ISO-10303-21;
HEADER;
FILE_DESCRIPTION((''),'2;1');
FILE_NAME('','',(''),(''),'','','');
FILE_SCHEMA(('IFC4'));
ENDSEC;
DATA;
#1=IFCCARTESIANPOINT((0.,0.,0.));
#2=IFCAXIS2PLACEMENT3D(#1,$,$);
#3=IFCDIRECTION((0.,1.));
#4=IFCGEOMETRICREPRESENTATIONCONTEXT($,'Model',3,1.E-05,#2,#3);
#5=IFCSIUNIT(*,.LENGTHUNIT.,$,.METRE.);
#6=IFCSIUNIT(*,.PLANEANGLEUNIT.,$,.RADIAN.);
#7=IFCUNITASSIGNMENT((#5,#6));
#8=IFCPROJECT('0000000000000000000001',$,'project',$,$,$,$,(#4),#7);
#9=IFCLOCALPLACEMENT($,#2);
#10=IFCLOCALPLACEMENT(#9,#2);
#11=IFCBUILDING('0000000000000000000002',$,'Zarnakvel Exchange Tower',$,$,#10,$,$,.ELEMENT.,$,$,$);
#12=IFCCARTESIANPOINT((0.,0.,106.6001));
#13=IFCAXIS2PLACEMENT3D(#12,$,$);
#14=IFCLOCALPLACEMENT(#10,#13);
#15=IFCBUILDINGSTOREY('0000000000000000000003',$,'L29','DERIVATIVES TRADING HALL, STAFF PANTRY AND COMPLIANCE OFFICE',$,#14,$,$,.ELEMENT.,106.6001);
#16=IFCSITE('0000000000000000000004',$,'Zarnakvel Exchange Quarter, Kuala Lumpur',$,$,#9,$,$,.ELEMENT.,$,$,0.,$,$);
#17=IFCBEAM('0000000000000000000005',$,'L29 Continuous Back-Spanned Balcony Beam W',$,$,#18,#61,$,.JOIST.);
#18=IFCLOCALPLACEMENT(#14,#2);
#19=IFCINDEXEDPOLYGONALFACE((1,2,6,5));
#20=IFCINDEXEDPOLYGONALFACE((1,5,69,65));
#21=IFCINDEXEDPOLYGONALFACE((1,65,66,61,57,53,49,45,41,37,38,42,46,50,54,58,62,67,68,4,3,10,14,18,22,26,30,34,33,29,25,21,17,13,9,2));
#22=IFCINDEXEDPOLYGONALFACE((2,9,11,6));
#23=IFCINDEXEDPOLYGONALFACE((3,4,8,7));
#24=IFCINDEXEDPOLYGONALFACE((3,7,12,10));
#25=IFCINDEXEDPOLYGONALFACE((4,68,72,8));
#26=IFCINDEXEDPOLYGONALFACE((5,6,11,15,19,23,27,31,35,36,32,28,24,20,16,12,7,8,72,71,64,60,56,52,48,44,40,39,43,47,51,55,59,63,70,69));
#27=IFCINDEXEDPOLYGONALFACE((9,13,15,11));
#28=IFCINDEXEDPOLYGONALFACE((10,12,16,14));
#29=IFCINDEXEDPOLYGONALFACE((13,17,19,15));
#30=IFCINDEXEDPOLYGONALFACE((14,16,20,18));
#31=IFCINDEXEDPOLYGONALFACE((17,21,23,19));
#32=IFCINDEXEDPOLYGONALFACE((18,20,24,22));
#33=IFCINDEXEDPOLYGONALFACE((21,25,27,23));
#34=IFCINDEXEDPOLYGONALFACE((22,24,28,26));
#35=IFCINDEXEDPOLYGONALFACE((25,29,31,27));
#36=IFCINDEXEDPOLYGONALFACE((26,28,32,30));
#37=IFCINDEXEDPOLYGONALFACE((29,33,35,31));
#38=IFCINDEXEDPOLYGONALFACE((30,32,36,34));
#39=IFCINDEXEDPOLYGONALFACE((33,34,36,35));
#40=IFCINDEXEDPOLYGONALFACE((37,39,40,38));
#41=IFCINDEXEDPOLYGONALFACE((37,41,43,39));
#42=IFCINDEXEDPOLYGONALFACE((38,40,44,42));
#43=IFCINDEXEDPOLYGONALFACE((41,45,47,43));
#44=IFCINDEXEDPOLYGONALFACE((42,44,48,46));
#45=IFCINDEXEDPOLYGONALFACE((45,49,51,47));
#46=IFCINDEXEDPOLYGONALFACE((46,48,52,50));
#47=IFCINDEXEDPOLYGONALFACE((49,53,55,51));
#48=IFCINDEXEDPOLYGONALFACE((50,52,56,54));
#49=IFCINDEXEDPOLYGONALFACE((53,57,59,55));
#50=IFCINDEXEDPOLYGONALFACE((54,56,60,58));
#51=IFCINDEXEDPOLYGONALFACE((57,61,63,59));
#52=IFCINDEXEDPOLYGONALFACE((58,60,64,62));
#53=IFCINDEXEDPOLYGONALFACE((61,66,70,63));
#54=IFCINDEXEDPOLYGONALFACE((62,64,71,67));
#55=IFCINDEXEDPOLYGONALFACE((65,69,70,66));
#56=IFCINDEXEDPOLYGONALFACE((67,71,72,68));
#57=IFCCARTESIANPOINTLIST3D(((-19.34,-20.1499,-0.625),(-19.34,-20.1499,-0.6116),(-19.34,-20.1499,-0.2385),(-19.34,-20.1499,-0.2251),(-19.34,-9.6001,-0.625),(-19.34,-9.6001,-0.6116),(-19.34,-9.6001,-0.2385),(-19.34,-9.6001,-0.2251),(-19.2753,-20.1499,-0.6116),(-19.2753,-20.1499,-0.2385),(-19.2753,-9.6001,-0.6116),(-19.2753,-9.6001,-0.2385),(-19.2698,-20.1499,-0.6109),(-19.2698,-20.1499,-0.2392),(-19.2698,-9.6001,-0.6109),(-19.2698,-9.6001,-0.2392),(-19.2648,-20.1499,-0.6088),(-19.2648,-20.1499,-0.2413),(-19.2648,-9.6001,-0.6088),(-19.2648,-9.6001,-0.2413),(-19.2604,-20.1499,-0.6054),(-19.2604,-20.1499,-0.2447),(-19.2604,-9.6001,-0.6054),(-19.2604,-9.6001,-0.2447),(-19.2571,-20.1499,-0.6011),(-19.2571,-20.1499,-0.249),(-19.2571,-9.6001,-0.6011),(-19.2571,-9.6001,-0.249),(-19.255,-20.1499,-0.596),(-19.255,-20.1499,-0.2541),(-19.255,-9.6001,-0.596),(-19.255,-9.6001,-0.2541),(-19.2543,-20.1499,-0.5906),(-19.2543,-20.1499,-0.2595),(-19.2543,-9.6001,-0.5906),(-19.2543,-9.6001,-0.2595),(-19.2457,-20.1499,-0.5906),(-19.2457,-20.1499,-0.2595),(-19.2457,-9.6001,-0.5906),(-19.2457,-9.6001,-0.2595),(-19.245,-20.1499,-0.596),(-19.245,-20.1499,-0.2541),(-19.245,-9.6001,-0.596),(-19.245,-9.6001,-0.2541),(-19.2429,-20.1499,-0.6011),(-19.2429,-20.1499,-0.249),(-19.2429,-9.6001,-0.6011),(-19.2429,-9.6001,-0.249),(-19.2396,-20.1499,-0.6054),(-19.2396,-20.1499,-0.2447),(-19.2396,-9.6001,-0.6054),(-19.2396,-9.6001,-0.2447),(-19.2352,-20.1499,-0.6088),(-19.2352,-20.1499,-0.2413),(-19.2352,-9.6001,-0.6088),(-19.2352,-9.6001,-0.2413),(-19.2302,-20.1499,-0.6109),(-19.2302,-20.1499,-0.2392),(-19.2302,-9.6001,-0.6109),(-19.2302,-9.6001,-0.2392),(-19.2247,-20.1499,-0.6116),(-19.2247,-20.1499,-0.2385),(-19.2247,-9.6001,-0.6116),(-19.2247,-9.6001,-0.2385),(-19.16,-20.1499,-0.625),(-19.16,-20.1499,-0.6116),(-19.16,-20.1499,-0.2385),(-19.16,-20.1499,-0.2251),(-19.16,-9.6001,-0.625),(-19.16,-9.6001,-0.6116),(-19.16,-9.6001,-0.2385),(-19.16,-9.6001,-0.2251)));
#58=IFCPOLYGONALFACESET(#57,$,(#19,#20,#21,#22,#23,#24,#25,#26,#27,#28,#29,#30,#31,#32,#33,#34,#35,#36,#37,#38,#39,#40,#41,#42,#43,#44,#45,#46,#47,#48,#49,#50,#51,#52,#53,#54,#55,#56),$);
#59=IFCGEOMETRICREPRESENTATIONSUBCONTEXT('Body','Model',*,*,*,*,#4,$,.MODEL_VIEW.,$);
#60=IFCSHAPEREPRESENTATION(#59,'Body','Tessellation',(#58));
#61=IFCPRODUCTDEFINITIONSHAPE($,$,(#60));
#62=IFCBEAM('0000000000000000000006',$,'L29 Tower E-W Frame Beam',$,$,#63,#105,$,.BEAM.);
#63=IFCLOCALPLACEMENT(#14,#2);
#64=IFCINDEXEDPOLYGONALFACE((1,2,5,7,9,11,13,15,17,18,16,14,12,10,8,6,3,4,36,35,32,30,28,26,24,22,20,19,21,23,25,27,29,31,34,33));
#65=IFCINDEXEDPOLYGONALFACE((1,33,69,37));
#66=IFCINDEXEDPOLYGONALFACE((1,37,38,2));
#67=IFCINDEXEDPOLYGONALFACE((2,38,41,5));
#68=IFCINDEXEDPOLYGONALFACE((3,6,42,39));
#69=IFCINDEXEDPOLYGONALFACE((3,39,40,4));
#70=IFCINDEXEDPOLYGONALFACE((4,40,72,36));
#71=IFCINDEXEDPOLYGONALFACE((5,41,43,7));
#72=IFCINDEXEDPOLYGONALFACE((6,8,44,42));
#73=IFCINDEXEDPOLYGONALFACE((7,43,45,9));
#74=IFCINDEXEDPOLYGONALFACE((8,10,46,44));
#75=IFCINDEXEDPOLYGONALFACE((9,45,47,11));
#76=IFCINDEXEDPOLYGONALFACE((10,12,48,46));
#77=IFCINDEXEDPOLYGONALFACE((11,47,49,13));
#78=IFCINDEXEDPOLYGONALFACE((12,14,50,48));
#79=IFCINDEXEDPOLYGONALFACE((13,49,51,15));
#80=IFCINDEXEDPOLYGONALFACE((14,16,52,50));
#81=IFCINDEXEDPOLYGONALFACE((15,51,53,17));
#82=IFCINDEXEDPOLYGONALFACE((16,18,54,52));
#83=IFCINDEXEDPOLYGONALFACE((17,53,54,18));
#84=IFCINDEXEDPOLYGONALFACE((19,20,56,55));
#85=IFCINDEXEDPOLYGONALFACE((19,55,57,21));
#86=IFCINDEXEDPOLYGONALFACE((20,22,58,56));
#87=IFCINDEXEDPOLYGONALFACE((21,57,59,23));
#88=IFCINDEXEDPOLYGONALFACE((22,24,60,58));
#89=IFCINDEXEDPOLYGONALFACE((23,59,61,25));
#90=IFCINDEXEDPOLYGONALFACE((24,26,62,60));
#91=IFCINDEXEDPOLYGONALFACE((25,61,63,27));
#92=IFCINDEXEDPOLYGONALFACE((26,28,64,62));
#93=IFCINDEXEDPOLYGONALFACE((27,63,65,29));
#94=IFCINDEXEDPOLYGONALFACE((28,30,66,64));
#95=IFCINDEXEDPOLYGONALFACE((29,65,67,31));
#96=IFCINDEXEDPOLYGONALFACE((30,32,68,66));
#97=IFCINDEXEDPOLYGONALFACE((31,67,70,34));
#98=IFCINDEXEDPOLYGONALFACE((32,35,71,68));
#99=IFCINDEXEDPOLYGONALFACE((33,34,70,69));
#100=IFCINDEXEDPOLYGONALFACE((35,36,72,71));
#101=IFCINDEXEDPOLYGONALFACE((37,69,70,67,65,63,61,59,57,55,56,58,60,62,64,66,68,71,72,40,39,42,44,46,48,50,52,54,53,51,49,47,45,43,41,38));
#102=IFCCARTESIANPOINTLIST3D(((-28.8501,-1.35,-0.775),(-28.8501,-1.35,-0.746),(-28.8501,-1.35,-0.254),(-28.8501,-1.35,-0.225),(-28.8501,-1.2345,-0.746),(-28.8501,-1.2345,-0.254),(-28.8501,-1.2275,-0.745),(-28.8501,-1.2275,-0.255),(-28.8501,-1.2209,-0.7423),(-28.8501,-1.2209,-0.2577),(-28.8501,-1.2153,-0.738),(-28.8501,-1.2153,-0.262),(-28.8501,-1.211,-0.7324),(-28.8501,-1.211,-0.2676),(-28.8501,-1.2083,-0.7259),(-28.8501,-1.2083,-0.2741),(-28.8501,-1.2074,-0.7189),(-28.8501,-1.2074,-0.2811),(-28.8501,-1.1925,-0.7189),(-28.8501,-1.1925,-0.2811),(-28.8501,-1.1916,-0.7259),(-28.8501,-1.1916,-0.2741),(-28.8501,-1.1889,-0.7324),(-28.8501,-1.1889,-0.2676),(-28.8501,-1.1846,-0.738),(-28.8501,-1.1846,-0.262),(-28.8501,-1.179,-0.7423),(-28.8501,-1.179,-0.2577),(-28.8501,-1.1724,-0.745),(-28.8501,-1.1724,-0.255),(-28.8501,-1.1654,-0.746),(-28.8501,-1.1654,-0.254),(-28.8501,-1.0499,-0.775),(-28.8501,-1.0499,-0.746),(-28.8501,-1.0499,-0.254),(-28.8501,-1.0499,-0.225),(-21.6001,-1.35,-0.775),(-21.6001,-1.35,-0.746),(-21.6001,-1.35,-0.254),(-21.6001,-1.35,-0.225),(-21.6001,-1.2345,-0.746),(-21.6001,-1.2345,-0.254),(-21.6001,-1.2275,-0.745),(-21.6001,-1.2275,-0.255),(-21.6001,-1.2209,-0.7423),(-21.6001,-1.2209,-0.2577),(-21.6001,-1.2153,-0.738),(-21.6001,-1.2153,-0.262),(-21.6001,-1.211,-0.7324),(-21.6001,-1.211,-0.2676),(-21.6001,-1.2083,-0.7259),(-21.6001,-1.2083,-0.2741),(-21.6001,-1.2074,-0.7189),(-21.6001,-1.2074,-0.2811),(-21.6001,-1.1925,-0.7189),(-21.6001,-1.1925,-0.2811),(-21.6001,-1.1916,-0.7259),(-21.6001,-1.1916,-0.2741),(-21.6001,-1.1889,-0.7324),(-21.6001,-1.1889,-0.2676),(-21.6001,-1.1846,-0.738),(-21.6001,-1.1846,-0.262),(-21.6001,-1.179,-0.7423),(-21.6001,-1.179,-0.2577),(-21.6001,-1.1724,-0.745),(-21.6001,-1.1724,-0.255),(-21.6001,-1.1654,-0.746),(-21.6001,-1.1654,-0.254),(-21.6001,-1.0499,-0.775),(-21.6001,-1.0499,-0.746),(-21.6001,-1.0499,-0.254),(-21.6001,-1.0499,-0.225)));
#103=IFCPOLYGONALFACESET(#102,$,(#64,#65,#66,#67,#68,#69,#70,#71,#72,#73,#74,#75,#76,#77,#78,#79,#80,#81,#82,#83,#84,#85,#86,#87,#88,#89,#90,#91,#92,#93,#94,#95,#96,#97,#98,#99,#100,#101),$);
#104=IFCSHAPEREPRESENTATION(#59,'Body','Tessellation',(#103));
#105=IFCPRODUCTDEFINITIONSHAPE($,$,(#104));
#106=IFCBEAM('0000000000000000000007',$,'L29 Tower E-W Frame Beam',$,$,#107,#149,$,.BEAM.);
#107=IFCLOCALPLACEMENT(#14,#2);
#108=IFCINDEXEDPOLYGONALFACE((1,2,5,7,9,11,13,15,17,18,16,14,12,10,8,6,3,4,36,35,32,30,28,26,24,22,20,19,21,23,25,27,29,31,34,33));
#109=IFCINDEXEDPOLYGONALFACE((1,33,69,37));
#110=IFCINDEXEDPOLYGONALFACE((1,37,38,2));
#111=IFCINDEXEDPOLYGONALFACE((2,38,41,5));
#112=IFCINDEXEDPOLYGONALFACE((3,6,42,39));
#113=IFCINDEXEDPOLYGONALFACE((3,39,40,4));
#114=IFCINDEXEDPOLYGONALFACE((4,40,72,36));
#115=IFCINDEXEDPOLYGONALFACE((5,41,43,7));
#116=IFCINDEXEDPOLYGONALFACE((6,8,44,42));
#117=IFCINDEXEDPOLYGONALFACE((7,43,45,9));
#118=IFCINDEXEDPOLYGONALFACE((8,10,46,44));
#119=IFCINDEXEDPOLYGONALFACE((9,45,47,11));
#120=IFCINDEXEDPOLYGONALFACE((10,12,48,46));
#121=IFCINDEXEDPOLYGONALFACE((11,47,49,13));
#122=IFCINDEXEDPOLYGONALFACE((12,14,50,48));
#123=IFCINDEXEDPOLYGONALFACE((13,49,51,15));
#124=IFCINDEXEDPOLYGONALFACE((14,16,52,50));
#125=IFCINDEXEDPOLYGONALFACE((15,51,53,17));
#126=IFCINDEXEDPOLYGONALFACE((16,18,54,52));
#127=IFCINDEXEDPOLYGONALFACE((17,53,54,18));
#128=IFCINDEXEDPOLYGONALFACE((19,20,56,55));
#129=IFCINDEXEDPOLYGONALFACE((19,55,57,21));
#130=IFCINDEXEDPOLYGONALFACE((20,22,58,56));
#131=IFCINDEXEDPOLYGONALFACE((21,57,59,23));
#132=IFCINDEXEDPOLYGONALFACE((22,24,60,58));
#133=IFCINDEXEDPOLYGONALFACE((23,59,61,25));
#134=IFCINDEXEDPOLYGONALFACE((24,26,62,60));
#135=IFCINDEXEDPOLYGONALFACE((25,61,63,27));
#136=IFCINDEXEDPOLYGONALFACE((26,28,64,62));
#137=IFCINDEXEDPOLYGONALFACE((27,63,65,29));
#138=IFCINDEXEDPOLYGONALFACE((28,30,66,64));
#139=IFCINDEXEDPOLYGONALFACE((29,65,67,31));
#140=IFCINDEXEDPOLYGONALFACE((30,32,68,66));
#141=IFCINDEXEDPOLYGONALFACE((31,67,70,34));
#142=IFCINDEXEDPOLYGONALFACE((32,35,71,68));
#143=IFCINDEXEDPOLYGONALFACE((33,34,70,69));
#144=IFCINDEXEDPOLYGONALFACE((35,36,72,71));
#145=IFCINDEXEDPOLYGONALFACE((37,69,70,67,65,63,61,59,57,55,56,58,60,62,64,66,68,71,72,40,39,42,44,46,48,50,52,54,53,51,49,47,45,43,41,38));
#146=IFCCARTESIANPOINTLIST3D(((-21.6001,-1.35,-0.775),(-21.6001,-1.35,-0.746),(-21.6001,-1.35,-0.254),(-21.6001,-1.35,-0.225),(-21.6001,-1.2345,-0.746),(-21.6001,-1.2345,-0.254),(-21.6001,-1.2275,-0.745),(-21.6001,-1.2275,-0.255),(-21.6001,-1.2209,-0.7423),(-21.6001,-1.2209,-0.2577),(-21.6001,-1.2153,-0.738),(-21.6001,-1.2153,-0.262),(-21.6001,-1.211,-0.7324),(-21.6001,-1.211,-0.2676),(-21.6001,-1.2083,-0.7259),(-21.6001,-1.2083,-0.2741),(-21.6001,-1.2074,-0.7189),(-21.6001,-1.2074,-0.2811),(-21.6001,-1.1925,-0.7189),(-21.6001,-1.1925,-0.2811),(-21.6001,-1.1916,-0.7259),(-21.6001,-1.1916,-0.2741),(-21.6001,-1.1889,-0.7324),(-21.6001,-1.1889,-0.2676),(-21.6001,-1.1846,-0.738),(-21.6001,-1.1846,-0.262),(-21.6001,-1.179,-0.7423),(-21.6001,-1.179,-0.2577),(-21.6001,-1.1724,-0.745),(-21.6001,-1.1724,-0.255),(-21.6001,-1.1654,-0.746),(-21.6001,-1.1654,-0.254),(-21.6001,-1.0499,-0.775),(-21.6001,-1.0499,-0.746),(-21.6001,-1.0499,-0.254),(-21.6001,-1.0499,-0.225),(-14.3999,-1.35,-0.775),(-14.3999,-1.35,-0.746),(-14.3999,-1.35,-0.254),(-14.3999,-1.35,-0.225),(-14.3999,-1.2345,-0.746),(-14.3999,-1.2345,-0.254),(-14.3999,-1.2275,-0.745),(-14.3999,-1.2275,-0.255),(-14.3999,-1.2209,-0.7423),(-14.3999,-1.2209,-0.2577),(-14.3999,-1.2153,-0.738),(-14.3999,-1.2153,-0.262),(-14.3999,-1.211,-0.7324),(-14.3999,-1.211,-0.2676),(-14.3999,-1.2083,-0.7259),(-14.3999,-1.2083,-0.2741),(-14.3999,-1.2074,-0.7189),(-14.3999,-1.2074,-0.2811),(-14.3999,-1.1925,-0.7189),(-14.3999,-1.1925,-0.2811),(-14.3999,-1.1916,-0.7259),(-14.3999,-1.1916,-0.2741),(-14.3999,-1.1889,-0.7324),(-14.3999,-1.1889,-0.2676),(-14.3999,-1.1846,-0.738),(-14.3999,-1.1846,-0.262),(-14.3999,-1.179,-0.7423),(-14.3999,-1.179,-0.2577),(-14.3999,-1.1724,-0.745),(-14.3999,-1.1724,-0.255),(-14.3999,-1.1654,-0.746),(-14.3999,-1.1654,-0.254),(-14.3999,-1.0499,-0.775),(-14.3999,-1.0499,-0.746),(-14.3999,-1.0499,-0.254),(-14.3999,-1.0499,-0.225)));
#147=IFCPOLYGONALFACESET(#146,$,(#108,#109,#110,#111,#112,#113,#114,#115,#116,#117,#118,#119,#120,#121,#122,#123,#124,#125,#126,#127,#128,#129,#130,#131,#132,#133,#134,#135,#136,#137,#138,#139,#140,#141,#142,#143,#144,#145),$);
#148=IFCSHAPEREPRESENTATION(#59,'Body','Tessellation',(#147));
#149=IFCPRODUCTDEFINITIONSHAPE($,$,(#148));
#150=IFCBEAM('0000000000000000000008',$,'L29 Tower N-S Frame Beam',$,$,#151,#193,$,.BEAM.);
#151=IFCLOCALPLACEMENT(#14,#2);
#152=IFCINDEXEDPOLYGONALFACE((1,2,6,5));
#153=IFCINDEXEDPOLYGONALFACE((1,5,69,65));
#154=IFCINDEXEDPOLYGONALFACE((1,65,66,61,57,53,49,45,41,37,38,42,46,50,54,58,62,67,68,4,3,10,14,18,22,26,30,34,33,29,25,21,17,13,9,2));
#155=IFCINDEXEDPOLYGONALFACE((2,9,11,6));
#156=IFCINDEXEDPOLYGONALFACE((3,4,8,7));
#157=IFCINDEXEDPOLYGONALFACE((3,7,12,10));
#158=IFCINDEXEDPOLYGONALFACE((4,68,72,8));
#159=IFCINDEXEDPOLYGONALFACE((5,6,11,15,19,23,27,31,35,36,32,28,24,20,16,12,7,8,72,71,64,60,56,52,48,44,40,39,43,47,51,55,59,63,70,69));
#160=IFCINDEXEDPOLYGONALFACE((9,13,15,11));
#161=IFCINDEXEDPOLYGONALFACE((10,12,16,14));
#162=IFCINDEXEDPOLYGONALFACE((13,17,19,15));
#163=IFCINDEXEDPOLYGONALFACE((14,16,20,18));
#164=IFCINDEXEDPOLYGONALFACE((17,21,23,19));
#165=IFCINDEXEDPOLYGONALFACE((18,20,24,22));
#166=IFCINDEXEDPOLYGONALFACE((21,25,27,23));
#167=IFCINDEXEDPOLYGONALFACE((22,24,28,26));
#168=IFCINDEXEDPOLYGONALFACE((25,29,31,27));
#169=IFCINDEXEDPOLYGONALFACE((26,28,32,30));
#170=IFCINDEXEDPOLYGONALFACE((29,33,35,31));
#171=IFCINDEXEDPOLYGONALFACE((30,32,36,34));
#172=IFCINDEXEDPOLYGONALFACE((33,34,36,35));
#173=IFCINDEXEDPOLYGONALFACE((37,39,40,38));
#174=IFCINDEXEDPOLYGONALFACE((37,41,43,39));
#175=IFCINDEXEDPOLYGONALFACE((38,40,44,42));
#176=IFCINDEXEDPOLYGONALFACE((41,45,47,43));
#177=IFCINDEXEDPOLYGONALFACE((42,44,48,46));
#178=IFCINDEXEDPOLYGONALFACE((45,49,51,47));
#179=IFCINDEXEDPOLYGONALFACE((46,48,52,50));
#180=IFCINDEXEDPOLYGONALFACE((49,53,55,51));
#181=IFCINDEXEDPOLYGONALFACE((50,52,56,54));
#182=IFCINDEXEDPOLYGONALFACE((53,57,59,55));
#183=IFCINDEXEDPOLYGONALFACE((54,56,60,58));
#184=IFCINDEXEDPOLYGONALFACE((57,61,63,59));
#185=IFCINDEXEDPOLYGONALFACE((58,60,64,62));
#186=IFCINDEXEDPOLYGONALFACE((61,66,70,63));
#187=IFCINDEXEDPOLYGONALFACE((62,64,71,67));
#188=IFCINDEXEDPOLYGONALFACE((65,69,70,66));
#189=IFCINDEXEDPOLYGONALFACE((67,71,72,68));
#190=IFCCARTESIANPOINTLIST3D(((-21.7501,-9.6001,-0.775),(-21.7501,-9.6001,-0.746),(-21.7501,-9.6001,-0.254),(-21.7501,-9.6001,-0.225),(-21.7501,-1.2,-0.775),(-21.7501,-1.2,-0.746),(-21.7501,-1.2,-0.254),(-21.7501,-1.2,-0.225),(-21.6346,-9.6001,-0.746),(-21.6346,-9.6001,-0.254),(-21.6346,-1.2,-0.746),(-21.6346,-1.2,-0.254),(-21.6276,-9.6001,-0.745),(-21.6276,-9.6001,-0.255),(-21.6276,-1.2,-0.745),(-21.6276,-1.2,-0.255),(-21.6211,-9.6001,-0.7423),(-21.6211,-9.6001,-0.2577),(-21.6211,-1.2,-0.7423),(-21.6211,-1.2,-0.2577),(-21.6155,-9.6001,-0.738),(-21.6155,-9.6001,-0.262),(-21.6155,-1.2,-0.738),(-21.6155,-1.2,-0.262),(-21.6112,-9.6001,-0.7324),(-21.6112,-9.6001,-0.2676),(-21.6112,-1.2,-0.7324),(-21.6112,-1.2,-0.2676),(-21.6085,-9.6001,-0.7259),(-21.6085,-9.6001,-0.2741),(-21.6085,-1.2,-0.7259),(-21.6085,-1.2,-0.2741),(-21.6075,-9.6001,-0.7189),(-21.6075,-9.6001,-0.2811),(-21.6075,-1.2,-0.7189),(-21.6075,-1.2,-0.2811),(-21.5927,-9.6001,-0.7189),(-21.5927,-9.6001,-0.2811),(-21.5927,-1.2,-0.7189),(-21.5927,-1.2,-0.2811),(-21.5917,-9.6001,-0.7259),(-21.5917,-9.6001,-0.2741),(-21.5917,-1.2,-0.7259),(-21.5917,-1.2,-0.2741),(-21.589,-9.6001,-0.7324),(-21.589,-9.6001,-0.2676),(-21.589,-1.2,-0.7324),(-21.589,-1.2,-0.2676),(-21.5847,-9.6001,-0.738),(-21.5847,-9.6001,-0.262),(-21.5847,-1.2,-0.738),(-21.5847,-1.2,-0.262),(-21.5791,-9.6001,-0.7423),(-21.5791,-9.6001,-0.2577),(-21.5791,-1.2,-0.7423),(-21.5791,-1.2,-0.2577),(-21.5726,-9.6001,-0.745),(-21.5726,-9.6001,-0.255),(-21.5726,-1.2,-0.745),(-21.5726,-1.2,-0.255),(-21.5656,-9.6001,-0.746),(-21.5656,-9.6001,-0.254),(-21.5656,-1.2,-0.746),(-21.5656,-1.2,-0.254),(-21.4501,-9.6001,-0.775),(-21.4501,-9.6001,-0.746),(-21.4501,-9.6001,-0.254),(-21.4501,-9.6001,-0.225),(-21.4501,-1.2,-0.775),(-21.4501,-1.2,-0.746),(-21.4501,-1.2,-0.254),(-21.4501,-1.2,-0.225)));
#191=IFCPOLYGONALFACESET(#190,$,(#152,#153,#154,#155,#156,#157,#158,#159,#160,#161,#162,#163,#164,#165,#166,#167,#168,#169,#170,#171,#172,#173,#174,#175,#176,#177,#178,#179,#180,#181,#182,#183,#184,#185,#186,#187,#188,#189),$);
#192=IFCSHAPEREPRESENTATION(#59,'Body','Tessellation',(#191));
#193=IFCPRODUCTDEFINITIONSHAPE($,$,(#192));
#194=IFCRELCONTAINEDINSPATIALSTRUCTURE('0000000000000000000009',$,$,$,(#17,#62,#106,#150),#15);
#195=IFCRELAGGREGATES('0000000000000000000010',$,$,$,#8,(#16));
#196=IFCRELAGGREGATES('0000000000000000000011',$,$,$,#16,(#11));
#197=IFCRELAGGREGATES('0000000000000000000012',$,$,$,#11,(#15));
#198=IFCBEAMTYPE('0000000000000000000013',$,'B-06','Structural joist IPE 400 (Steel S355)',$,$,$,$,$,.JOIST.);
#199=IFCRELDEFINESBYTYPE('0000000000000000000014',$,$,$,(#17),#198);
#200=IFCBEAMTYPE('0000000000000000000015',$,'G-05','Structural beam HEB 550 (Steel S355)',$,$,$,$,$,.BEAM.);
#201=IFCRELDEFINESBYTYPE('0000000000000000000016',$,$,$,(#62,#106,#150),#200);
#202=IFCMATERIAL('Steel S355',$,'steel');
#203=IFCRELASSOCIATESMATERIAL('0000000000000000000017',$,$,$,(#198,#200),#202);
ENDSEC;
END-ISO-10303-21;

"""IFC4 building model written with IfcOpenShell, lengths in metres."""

from ifc_helpers import new_model, si_unit, direction, frame, origin, origin_2d, place, context, subcontext, project, spatial, i_section, extrude, material, material_profile, profile_set, type_object, element, save


model = new_model("IFC4")

# Units and contexts
model_context = context("Model", 3, precision=1e-05, world=origin(), true_north=direction((0.0, 1.0)))
body_context = subcontext(model_context, "Body", "Model", "MODEL_VIEW")
ifc_project = project(units=[si_unit("LENGTHUNIT", "METRE"), si_unit("PLANEANGLEUNIT", "RADIAN")], contexts=[model_context])

# Site, building, storey
site_placement = place(None, origin())
site = spatial("IfcSite", under=ifc_project, at=site_placement, Name="Zarnakvel Exchange Quarter, Kuala Lumpur", CompositionType="ELEMENT", RefElevation=0.0)
building_placement = place(site_placement, origin())
building = spatial("IfcBuilding", under=site, at=building_placement, Name="Zarnakvel Exchange Tower", CompositionType="ELEMENT")
storey_placement = place(building_placement, frame((0.0, 0.0, 106.6001)))
storey = spatial("IfcBuildingStorey", under=building, at=storey_placement, Name="L29", Description="DERIVATIVES TRADING HALL, STAFF PANTRY AND COMPLIANCE OFFICE", CompositionType="ELEMENT", Elevation=106.6001)

# Shared definitions
ifc_material_1 = material(Name="Steel S355", Category="steel")

# Beams
ifc_material_profile_1 = material_profile(ifc_material_1, i_section(OverallWidth=0.1799, OverallDepth=0.3999, WebThickness=0.0085, FlangeThickness=0.0134, FilletRadius=0.021, at=origin_2d()))
ifc_profile_set_1 = profile_set([ifc_material_profile_1], Name="Steel S355")
beam_type_1 = type_object("IfcBeamType", Name="B-06", Description="Structural joist IPE 400 (Steel S355)", PredefinedType="JOIST", material=ifc_profile_set_1)
beam_1_placement = place(storey_placement, frame((-19.25, -9.6001, -0.425), z_axis=(0.0, -1.0, 0.0), x_axis=(1.0, 0.0, 0.0)))
element("IfcBeam", 1, at=beam_1_placement, inside=storey, type_object=beam_type_1, Name="L29 Continuous Back-Spanned Balcony Beam W", PredefinedType="JOIST", context=body_context, shape_type="SweptSolid", body=[
    extrude(i_section(OverallWidth=0.1799, OverallDepth=0.3999, WebThickness=0.0085, FlangeThickness=0.0134, FilletRadius=0.021, at=origin_2d()), origin(), (0.0, 0.0, 1.0), 10.5498),
])
ifc_material_profile_2 = material_profile(ifc_material_1, i_section(OverallWidth=0.3, OverallDepth=0.55, WebThickness=0.0149, FlangeThickness=0.0291, FilletRadius=0.0271, at=origin_2d()))
ifc_profile_set_2 = profile_set([ifc_material_profile_2], Name="Steel S355")
beam_type_2 = type_object("IfcBeamType", Name="G-05", Description="Structural beam HEB 550 (Steel S355)", PredefinedType="BEAM", material=ifc_profile_set_2)
beam_2_placement = place(storey_placement, frame((-28.8501, -1.2, -0.5), z_axis=(1.0, 0.0, 0.0), x_axis=(0.0, 1.0, 0.0)))
element("IfcBeam", 2, at=beam_2_placement, inside=storey, type_object=beam_type_2, Name="L29 Tower E-W Frame Beam", PredefinedType="BEAM", context=body_context, shape_type="SweptSolid", body=[
    extrude(i_section(OverallWidth=0.3, OverallDepth=0.55, WebThickness=0.0149, FlangeThickness=0.0291, FilletRadius=0.0271, at=origin_2d()), origin(), (0.0, 0.0, 1.0), 7.25),
])
beam_3_placement = place(storey_placement, frame((-21.6001, -1.2, -0.5), z_axis=(1.0, 0.0, 0.0), x_axis=(0.0, 1.0, 0.0)))
element("IfcBeam", 3, at=beam_3_placement, inside=storey, type_object=beam_type_2, Name="L29 Tower E-W Frame Beam", PredefinedType="BEAM", context=body_context, shape_type="SweptSolid", body=[
    extrude(i_section(OverallWidth=0.3, OverallDepth=0.55, WebThickness=0.0149, FlangeThickness=0.0291, FilletRadius=0.0271, at=origin_2d()), origin(), (0.0, 0.0, 1.0), 7.2002),
])
beam_4_placement = place(storey_placement, frame((-21.6001, -9.6001, -0.5), z_axis=(0.0, 1.0, 0.0), x_axis=(-1.0, 0.0, 0.0)))
element("IfcBeam", 4, at=beam_4_placement, inside=storey, type_object=beam_type_2, Name="L29 Tower N-S Frame Beam", PredefinedType="BEAM", context=body_context, shape_type="SweptSolid", body=[
    extrude(i_section(OverallWidth=0.3, OverallDepth=0.55, WebThickness=0.0149, FlangeThickness=0.0291, FilletRadius=0.0271, at=origin_2d()), origin(), (0.0, 0.0, 1.0), 8.4001),
])

save(model, "model.ifc")
